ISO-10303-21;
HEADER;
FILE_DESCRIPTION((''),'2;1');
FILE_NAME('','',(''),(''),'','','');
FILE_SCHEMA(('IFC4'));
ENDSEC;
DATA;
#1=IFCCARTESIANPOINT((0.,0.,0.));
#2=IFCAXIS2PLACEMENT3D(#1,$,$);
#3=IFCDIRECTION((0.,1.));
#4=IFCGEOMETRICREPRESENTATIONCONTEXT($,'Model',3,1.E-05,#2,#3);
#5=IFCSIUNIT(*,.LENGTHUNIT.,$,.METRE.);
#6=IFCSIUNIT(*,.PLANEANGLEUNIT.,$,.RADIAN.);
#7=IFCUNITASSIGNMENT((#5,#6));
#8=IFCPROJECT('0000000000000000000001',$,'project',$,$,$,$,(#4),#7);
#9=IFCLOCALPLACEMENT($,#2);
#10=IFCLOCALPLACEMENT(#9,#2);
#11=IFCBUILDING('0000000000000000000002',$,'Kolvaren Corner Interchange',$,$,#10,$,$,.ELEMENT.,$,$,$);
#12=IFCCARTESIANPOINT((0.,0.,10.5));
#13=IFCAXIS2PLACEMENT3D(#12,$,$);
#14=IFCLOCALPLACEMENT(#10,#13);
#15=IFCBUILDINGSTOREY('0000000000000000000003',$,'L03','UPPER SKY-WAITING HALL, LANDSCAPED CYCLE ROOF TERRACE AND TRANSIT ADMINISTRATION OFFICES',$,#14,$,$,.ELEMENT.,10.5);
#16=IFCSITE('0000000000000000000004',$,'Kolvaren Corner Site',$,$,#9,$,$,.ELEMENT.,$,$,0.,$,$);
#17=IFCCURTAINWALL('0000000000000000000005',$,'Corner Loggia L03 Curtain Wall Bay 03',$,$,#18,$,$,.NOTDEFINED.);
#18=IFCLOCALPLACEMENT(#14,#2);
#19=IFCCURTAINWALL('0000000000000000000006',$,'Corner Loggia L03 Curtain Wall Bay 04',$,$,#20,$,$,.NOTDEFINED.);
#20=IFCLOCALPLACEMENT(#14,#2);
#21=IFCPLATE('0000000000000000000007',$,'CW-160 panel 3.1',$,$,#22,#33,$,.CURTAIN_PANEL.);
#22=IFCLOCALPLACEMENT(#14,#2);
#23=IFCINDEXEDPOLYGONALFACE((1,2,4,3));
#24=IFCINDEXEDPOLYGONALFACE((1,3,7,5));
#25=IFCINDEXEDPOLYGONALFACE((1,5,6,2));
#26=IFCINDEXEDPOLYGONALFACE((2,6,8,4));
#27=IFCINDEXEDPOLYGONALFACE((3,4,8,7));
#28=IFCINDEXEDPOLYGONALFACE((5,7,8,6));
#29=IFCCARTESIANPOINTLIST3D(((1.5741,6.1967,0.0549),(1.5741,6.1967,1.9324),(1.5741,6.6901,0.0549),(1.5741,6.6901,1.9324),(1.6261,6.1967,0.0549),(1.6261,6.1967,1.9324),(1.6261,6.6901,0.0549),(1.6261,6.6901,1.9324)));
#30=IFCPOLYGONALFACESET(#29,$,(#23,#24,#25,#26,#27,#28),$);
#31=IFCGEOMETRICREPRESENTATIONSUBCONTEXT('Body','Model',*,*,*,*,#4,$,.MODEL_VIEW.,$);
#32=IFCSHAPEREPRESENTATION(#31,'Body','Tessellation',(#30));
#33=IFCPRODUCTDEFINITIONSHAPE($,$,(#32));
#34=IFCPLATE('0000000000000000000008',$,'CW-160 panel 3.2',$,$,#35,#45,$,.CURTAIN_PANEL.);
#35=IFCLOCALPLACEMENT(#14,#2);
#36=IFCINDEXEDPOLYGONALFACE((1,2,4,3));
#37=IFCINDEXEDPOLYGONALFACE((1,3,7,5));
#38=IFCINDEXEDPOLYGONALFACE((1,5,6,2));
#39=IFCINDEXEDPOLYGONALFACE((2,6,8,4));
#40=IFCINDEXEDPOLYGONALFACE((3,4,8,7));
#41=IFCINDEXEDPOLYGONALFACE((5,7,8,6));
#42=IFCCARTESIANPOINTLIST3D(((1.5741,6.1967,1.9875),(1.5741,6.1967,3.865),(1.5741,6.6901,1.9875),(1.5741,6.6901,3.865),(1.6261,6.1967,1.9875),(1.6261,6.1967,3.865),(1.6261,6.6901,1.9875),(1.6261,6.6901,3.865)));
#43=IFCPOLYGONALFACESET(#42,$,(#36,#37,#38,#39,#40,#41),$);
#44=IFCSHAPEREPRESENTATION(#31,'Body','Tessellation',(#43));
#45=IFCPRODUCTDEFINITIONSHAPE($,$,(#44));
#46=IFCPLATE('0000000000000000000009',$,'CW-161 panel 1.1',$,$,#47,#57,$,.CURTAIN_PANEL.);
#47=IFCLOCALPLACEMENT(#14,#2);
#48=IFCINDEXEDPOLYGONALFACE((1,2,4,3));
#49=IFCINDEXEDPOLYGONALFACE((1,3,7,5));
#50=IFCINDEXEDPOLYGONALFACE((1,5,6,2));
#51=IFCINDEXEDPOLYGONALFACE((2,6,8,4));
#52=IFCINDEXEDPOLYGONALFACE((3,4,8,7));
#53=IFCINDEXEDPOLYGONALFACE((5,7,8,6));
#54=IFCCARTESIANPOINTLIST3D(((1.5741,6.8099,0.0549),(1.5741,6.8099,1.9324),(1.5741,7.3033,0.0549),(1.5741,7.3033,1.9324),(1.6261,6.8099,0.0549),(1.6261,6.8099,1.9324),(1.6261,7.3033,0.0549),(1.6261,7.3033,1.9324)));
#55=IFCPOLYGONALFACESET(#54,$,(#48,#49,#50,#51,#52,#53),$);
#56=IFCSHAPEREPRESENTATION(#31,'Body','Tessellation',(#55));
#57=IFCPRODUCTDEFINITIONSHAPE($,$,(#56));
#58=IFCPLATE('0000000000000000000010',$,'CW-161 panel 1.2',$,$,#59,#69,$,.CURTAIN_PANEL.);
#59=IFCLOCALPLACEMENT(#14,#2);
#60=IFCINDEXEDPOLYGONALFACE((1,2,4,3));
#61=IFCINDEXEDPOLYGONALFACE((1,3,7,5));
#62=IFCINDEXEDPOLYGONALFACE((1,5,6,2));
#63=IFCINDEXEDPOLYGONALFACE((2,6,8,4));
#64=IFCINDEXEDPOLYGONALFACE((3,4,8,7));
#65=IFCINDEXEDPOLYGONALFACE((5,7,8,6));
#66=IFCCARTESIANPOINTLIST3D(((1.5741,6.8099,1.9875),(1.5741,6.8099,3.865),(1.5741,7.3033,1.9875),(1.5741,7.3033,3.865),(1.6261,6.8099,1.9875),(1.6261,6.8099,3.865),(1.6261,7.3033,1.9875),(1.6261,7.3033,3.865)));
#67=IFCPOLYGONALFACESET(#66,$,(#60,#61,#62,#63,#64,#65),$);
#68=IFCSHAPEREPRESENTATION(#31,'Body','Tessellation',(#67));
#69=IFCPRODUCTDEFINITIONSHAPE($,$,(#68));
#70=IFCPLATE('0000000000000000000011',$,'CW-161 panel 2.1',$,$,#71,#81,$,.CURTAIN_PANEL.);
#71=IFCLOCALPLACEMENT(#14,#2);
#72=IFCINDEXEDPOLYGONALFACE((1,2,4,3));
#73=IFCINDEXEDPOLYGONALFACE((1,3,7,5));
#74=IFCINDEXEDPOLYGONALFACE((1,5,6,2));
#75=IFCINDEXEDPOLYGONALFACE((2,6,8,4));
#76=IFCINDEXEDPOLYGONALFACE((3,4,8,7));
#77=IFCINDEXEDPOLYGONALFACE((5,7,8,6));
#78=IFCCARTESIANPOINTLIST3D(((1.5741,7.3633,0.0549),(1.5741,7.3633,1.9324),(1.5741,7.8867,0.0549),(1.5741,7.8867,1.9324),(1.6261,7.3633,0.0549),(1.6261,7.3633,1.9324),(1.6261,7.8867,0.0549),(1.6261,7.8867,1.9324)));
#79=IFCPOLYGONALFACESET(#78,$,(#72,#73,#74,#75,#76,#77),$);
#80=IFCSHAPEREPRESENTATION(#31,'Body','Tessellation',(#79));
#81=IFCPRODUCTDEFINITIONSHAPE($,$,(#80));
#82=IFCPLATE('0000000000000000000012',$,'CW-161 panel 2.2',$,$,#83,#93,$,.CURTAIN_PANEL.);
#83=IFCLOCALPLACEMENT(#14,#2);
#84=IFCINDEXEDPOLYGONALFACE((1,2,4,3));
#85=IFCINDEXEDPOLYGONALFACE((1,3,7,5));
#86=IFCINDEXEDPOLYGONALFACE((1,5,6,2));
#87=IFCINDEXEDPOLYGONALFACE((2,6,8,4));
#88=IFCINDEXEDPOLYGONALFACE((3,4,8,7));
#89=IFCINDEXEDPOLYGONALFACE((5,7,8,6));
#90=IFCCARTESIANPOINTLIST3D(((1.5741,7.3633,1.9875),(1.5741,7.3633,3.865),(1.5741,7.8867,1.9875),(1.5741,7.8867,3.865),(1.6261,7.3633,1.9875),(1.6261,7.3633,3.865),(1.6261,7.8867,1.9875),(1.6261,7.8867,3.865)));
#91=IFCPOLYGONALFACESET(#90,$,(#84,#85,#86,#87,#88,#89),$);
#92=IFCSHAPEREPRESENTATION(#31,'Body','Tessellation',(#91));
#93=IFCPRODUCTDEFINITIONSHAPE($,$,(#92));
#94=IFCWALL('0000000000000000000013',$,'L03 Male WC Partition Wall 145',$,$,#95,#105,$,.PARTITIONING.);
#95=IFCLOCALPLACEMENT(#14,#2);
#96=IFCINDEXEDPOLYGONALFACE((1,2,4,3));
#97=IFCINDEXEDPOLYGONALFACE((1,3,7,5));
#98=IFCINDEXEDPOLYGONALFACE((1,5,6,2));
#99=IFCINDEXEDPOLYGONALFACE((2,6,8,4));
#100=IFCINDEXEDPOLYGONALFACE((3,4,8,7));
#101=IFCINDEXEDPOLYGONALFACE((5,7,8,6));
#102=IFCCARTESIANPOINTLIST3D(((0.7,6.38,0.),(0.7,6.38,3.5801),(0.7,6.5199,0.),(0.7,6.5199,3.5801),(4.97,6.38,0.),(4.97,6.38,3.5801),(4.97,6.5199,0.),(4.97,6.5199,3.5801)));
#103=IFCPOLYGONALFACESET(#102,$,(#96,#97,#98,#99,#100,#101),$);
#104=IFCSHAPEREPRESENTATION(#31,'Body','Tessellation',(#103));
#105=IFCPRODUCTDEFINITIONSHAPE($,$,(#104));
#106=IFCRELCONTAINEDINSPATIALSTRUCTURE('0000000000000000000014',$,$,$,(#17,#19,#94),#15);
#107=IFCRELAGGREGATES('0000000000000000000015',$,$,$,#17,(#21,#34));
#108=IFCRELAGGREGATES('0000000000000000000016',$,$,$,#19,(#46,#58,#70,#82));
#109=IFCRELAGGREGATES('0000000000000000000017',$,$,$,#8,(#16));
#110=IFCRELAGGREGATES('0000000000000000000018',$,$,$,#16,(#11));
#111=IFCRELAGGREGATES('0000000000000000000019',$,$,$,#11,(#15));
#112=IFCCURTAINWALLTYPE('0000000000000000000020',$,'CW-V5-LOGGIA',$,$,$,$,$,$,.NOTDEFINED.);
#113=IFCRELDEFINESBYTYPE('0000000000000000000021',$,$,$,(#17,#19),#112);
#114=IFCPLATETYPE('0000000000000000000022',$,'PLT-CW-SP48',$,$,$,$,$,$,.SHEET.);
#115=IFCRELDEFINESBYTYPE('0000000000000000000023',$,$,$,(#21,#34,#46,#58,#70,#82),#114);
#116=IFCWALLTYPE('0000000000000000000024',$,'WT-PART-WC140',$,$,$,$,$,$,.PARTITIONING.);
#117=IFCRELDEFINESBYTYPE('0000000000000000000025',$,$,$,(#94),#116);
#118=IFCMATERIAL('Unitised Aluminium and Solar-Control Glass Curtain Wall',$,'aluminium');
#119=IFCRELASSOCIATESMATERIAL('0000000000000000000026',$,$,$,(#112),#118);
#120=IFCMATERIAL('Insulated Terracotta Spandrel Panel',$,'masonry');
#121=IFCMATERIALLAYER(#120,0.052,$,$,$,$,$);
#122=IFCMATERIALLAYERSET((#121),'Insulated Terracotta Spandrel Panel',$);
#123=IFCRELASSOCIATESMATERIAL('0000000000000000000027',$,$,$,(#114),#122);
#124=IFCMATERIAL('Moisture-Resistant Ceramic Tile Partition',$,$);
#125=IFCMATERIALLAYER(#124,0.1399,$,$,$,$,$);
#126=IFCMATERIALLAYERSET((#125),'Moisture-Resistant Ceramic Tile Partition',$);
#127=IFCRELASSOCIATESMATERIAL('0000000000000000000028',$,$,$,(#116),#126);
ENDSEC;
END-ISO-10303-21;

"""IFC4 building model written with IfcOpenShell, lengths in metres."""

from ifc_helpers import new_model, si_unit, direction, frame, frame_2d, origin, origin_2d, place, context, subcontext, project, spatial, rectangle, extrude, material, layer, layer_set, type_object, element, aggregate, save


model = new_model("IFC4")

# Units and contexts
model_context = context("Model", 3, precision=1e-05, world=origin(), true_north=direction((0.0, 1.0)))
body_context = subcontext(model_context, "Body", "Model", "MODEL_VIEW")
ifc_project = project(units=[si_unit("LENGTHUNIT", "METRE"), si_unit("PLANEANGLEUNIT", "RADIAN")], contexts=[model_context])

# Site, building, storey
site_placement = place(None, origin())
site = spatial("IfcSite", under=ifc_project, at=site_placement, Name="Kolvaren Corner Site", CompositionType="ELEMENT", RefElevation=0.0)
building_placement = place(site_placement, origin())
building = spatial("IfcBuilding", under=site, at=building_placement, Name="Kolvaren Corner Interchange", CompositionType="ELEMENT")
storey_placement = place(building_placement, frame((0.0, 0.0, 10.5)))
storey = spatial("IfcBuildingStorey", under=building, at=storey_placement, Name="L03", Description="UPPER SKY-WAITING HALL, LANDSCAPED CYCLE ROOF TERRACE AND TRANSIT ADMINISTRATION OFFICES", CompositionType="ELEMENT", Elevation=10.5)

# Curtain walls
ifc_material_1 = material(Name="Unitised Aluminium and Solar-Control Glass Curtain Wall", Category="aluminium")
curtain_wall_type = type_object("IfcCurtainWallType", Name="CW-V5-LOGGIA", PredefinedType="NOTDEFINED", material=ifc_material_1)
curtain_wall_1_placement = place(storey_placement, origin())
curtain_wall_1 = element("IfcCurtainWall", 1, at=curtain_wall_1_placement, inside=storey, type_object=curtain_wall_type, Name="Corner Loggia L03 Curtain Wall Bay 03", PredefinedType="NOTDEFINED")
curtain_wall_2_placement = place(storey_placement, origin())
curtain_wall_2 = element("IfcCurtainWall", 2, at=curtain_wall_2_placement, inside=storey, type_object=curtain_wall_type, Name="Corner Loggia L03 Curtain Wall Bay 04", PredefinedType="NOTDEFINED")

# Plates
ifc_material_2 = material(Name="Insulated Terracotta Spandrel Panel", Category="masonry")
ifc_layer_1 = layer(ifc_material_2, 0.052)
ifc_layer_set_1 = layer_set([ifc_layer_1], Name="Insulated Terracotta Spandrel Panel")
plate_type = type_object("IfcPlateType", Name="PLT-CW-SP48", PredefinedType="SHEET", material=ifc_layer_set_1)
plate_1_placement = place(storey_placement, frame((1.6001, 6.4434, 0.0549), z_axis=(0.0, 0.0, 1.0), x_axis=(0.0, 1.0, 0.0)))
plate_1 = element("IfcPlate", 3, at=plate_1_placement, type_object=plate_type, Name="CW-160 panel 3.1", PredefinedType="CURTAIN_PANEL", context=body_context, shape_type="SweptSolid", body=[
    extrude(rectangle(XDim=0.4934, YDim=0.052, at=origin_2d()), origin(), (0.0, 0.0, 1.0), 1.8774),
])
plate_2_placement = place(storey_placement, frame((1.6001, 6.4434, 1.9875), z_axis=(0.0, 0.0, 1.0), x_axis=(0.0, 1.0, 0.0)))
plate_2 = element("IfcPlate", 4, at=plate_2_placement, type_object=plate_type, Name="CW-160 panel 3.2", PredefinedType="CURTAIN_PANEL", context=body_context, shape_type="SweptSolid", body=[
    extrude(rectangle(XDim=0.4934, YDim=0.052, at=origin_2d()), origin(), (0.0, 0.0, 1.0), 1.8774),
])
aggregate(curtain_wall_1, [plate_1, plate_2])
plate_3_placement = place(storey_placement, frame((1.6001, 7.0566, 0.0549), z_axis=(0.0, 0.0, 1.0), x_axis=(0.0, 1.0, 0.0)))
plate_3 = element("IfcPlate", 5, at=plate_3_placement, type_object=plate_type, Name="CW-161 panel 1.1", PredefinedType="CURTAIN_PANEL", context=body_context, shape_type="SweptSolid", body=[
    extrude(rectangle(XDim=0.4934, YDim=0.052, at=origin_2d()), origin(), (0.0, 0.0, 1.0), 1.8774),
])
plate_4_placement = place(storey_placement, frame((1.6001, 7.0566, 1.9875), z_axis=(0.0, 0.0, 1.0), x_axis=(0.0, 1.0, 0.0)))
plate_4 = element("IfcPlate", 6, at=plate_4_placement, type_object=plate_type, Name="CW-161 panel 1.2", PredefinedType="CURTAIN_PANEL", context=body_context, shape_type="SweptSolid", body=[
    extrude(rectangle(XDim=0.4934, YDim=0.052, at=origin_2d()), origin(), (0.0, 0.0, 1.0), 1.8774),
])
plate_5_placement = place(storey_placement, frame((1.6001, 7.625, 0.0549), z_axis=(0.0, 0.0, 1.0), x_axis=(0.0, 1.0, 0.0)))
plate_5 = element("IfcPlate", 7, at=plate_5_placement, type_object=plate_type, Name="CW-161 panel 2.1", PredefinedType="CURTAIN_PANEL", context=body_context, shape_type="SweptSolid", body=[
    extrude(rectangle(XDim=0.5234, YDim=0.052, at=origin_2d()), origin(), (0.0, 0.0, 1.0), 1.8774),
])
plate_6_placement = place(storey_placement, frame((1.6001, 7.625, 1.9875), z_axis=(0.0, 0.0, 1.0), x_axis=(0.0, 1.0, 0.0)))
plate_6 = element("IfcPlate", 8, at=plate_6_placement, type_object=plate_type, Name="CW-161 panel 2.2", PredefinedType="CURTAIN_PANEL", context=body_context, shape_type="SweptSolid", body=[
    extrude(rectangle(XDim=0.5234, YDim=0.052, at=origin_2d()), origin(), (0.0, 0.0, 1.0), 1.8774),
])
aggregate(curtain_wall_2, [plate_3, plate_4, plate_5, plate_6])

# Wall
ifc_material_3 = material(Name="Moisture-Resistant Ceramic Tile Partition")
ifc_layer_2 = layer(ifc_material_3, 0.1399)
ifc_layer_set_2 = layer_set([ifc_layer_2], Name="Moisture-Resistant Ceramic Tile Partition")
wall_type = type_object("IfcWallType", Name="WT-PART-WC140", PredefinedType="PARTITIONING", material=ifc_layer_set_2)
wall_placement = place(storey_placement, frame((0.7, 6.45, 0.0), z_axis=(0.0, 0.0, 1.0), x_axis=(1.0, 0.0, 0.0)))
element("IfcWall", 9, at=wall_placement, inside=storey, type_object=wall_type, Name="L03 Male WC Partition Wall 145", PredefinedType="PARTITIONING", context=body_context, shape_type="SweptSolid", body=[
    extrude(rectangle(XDim=4.27, YDim=0.1399, at=frame_2d((2.135, 0.0))), origin(), (0.0, 0.0, 1.0), 3.5801),
])

save(model, "model.ifc")
